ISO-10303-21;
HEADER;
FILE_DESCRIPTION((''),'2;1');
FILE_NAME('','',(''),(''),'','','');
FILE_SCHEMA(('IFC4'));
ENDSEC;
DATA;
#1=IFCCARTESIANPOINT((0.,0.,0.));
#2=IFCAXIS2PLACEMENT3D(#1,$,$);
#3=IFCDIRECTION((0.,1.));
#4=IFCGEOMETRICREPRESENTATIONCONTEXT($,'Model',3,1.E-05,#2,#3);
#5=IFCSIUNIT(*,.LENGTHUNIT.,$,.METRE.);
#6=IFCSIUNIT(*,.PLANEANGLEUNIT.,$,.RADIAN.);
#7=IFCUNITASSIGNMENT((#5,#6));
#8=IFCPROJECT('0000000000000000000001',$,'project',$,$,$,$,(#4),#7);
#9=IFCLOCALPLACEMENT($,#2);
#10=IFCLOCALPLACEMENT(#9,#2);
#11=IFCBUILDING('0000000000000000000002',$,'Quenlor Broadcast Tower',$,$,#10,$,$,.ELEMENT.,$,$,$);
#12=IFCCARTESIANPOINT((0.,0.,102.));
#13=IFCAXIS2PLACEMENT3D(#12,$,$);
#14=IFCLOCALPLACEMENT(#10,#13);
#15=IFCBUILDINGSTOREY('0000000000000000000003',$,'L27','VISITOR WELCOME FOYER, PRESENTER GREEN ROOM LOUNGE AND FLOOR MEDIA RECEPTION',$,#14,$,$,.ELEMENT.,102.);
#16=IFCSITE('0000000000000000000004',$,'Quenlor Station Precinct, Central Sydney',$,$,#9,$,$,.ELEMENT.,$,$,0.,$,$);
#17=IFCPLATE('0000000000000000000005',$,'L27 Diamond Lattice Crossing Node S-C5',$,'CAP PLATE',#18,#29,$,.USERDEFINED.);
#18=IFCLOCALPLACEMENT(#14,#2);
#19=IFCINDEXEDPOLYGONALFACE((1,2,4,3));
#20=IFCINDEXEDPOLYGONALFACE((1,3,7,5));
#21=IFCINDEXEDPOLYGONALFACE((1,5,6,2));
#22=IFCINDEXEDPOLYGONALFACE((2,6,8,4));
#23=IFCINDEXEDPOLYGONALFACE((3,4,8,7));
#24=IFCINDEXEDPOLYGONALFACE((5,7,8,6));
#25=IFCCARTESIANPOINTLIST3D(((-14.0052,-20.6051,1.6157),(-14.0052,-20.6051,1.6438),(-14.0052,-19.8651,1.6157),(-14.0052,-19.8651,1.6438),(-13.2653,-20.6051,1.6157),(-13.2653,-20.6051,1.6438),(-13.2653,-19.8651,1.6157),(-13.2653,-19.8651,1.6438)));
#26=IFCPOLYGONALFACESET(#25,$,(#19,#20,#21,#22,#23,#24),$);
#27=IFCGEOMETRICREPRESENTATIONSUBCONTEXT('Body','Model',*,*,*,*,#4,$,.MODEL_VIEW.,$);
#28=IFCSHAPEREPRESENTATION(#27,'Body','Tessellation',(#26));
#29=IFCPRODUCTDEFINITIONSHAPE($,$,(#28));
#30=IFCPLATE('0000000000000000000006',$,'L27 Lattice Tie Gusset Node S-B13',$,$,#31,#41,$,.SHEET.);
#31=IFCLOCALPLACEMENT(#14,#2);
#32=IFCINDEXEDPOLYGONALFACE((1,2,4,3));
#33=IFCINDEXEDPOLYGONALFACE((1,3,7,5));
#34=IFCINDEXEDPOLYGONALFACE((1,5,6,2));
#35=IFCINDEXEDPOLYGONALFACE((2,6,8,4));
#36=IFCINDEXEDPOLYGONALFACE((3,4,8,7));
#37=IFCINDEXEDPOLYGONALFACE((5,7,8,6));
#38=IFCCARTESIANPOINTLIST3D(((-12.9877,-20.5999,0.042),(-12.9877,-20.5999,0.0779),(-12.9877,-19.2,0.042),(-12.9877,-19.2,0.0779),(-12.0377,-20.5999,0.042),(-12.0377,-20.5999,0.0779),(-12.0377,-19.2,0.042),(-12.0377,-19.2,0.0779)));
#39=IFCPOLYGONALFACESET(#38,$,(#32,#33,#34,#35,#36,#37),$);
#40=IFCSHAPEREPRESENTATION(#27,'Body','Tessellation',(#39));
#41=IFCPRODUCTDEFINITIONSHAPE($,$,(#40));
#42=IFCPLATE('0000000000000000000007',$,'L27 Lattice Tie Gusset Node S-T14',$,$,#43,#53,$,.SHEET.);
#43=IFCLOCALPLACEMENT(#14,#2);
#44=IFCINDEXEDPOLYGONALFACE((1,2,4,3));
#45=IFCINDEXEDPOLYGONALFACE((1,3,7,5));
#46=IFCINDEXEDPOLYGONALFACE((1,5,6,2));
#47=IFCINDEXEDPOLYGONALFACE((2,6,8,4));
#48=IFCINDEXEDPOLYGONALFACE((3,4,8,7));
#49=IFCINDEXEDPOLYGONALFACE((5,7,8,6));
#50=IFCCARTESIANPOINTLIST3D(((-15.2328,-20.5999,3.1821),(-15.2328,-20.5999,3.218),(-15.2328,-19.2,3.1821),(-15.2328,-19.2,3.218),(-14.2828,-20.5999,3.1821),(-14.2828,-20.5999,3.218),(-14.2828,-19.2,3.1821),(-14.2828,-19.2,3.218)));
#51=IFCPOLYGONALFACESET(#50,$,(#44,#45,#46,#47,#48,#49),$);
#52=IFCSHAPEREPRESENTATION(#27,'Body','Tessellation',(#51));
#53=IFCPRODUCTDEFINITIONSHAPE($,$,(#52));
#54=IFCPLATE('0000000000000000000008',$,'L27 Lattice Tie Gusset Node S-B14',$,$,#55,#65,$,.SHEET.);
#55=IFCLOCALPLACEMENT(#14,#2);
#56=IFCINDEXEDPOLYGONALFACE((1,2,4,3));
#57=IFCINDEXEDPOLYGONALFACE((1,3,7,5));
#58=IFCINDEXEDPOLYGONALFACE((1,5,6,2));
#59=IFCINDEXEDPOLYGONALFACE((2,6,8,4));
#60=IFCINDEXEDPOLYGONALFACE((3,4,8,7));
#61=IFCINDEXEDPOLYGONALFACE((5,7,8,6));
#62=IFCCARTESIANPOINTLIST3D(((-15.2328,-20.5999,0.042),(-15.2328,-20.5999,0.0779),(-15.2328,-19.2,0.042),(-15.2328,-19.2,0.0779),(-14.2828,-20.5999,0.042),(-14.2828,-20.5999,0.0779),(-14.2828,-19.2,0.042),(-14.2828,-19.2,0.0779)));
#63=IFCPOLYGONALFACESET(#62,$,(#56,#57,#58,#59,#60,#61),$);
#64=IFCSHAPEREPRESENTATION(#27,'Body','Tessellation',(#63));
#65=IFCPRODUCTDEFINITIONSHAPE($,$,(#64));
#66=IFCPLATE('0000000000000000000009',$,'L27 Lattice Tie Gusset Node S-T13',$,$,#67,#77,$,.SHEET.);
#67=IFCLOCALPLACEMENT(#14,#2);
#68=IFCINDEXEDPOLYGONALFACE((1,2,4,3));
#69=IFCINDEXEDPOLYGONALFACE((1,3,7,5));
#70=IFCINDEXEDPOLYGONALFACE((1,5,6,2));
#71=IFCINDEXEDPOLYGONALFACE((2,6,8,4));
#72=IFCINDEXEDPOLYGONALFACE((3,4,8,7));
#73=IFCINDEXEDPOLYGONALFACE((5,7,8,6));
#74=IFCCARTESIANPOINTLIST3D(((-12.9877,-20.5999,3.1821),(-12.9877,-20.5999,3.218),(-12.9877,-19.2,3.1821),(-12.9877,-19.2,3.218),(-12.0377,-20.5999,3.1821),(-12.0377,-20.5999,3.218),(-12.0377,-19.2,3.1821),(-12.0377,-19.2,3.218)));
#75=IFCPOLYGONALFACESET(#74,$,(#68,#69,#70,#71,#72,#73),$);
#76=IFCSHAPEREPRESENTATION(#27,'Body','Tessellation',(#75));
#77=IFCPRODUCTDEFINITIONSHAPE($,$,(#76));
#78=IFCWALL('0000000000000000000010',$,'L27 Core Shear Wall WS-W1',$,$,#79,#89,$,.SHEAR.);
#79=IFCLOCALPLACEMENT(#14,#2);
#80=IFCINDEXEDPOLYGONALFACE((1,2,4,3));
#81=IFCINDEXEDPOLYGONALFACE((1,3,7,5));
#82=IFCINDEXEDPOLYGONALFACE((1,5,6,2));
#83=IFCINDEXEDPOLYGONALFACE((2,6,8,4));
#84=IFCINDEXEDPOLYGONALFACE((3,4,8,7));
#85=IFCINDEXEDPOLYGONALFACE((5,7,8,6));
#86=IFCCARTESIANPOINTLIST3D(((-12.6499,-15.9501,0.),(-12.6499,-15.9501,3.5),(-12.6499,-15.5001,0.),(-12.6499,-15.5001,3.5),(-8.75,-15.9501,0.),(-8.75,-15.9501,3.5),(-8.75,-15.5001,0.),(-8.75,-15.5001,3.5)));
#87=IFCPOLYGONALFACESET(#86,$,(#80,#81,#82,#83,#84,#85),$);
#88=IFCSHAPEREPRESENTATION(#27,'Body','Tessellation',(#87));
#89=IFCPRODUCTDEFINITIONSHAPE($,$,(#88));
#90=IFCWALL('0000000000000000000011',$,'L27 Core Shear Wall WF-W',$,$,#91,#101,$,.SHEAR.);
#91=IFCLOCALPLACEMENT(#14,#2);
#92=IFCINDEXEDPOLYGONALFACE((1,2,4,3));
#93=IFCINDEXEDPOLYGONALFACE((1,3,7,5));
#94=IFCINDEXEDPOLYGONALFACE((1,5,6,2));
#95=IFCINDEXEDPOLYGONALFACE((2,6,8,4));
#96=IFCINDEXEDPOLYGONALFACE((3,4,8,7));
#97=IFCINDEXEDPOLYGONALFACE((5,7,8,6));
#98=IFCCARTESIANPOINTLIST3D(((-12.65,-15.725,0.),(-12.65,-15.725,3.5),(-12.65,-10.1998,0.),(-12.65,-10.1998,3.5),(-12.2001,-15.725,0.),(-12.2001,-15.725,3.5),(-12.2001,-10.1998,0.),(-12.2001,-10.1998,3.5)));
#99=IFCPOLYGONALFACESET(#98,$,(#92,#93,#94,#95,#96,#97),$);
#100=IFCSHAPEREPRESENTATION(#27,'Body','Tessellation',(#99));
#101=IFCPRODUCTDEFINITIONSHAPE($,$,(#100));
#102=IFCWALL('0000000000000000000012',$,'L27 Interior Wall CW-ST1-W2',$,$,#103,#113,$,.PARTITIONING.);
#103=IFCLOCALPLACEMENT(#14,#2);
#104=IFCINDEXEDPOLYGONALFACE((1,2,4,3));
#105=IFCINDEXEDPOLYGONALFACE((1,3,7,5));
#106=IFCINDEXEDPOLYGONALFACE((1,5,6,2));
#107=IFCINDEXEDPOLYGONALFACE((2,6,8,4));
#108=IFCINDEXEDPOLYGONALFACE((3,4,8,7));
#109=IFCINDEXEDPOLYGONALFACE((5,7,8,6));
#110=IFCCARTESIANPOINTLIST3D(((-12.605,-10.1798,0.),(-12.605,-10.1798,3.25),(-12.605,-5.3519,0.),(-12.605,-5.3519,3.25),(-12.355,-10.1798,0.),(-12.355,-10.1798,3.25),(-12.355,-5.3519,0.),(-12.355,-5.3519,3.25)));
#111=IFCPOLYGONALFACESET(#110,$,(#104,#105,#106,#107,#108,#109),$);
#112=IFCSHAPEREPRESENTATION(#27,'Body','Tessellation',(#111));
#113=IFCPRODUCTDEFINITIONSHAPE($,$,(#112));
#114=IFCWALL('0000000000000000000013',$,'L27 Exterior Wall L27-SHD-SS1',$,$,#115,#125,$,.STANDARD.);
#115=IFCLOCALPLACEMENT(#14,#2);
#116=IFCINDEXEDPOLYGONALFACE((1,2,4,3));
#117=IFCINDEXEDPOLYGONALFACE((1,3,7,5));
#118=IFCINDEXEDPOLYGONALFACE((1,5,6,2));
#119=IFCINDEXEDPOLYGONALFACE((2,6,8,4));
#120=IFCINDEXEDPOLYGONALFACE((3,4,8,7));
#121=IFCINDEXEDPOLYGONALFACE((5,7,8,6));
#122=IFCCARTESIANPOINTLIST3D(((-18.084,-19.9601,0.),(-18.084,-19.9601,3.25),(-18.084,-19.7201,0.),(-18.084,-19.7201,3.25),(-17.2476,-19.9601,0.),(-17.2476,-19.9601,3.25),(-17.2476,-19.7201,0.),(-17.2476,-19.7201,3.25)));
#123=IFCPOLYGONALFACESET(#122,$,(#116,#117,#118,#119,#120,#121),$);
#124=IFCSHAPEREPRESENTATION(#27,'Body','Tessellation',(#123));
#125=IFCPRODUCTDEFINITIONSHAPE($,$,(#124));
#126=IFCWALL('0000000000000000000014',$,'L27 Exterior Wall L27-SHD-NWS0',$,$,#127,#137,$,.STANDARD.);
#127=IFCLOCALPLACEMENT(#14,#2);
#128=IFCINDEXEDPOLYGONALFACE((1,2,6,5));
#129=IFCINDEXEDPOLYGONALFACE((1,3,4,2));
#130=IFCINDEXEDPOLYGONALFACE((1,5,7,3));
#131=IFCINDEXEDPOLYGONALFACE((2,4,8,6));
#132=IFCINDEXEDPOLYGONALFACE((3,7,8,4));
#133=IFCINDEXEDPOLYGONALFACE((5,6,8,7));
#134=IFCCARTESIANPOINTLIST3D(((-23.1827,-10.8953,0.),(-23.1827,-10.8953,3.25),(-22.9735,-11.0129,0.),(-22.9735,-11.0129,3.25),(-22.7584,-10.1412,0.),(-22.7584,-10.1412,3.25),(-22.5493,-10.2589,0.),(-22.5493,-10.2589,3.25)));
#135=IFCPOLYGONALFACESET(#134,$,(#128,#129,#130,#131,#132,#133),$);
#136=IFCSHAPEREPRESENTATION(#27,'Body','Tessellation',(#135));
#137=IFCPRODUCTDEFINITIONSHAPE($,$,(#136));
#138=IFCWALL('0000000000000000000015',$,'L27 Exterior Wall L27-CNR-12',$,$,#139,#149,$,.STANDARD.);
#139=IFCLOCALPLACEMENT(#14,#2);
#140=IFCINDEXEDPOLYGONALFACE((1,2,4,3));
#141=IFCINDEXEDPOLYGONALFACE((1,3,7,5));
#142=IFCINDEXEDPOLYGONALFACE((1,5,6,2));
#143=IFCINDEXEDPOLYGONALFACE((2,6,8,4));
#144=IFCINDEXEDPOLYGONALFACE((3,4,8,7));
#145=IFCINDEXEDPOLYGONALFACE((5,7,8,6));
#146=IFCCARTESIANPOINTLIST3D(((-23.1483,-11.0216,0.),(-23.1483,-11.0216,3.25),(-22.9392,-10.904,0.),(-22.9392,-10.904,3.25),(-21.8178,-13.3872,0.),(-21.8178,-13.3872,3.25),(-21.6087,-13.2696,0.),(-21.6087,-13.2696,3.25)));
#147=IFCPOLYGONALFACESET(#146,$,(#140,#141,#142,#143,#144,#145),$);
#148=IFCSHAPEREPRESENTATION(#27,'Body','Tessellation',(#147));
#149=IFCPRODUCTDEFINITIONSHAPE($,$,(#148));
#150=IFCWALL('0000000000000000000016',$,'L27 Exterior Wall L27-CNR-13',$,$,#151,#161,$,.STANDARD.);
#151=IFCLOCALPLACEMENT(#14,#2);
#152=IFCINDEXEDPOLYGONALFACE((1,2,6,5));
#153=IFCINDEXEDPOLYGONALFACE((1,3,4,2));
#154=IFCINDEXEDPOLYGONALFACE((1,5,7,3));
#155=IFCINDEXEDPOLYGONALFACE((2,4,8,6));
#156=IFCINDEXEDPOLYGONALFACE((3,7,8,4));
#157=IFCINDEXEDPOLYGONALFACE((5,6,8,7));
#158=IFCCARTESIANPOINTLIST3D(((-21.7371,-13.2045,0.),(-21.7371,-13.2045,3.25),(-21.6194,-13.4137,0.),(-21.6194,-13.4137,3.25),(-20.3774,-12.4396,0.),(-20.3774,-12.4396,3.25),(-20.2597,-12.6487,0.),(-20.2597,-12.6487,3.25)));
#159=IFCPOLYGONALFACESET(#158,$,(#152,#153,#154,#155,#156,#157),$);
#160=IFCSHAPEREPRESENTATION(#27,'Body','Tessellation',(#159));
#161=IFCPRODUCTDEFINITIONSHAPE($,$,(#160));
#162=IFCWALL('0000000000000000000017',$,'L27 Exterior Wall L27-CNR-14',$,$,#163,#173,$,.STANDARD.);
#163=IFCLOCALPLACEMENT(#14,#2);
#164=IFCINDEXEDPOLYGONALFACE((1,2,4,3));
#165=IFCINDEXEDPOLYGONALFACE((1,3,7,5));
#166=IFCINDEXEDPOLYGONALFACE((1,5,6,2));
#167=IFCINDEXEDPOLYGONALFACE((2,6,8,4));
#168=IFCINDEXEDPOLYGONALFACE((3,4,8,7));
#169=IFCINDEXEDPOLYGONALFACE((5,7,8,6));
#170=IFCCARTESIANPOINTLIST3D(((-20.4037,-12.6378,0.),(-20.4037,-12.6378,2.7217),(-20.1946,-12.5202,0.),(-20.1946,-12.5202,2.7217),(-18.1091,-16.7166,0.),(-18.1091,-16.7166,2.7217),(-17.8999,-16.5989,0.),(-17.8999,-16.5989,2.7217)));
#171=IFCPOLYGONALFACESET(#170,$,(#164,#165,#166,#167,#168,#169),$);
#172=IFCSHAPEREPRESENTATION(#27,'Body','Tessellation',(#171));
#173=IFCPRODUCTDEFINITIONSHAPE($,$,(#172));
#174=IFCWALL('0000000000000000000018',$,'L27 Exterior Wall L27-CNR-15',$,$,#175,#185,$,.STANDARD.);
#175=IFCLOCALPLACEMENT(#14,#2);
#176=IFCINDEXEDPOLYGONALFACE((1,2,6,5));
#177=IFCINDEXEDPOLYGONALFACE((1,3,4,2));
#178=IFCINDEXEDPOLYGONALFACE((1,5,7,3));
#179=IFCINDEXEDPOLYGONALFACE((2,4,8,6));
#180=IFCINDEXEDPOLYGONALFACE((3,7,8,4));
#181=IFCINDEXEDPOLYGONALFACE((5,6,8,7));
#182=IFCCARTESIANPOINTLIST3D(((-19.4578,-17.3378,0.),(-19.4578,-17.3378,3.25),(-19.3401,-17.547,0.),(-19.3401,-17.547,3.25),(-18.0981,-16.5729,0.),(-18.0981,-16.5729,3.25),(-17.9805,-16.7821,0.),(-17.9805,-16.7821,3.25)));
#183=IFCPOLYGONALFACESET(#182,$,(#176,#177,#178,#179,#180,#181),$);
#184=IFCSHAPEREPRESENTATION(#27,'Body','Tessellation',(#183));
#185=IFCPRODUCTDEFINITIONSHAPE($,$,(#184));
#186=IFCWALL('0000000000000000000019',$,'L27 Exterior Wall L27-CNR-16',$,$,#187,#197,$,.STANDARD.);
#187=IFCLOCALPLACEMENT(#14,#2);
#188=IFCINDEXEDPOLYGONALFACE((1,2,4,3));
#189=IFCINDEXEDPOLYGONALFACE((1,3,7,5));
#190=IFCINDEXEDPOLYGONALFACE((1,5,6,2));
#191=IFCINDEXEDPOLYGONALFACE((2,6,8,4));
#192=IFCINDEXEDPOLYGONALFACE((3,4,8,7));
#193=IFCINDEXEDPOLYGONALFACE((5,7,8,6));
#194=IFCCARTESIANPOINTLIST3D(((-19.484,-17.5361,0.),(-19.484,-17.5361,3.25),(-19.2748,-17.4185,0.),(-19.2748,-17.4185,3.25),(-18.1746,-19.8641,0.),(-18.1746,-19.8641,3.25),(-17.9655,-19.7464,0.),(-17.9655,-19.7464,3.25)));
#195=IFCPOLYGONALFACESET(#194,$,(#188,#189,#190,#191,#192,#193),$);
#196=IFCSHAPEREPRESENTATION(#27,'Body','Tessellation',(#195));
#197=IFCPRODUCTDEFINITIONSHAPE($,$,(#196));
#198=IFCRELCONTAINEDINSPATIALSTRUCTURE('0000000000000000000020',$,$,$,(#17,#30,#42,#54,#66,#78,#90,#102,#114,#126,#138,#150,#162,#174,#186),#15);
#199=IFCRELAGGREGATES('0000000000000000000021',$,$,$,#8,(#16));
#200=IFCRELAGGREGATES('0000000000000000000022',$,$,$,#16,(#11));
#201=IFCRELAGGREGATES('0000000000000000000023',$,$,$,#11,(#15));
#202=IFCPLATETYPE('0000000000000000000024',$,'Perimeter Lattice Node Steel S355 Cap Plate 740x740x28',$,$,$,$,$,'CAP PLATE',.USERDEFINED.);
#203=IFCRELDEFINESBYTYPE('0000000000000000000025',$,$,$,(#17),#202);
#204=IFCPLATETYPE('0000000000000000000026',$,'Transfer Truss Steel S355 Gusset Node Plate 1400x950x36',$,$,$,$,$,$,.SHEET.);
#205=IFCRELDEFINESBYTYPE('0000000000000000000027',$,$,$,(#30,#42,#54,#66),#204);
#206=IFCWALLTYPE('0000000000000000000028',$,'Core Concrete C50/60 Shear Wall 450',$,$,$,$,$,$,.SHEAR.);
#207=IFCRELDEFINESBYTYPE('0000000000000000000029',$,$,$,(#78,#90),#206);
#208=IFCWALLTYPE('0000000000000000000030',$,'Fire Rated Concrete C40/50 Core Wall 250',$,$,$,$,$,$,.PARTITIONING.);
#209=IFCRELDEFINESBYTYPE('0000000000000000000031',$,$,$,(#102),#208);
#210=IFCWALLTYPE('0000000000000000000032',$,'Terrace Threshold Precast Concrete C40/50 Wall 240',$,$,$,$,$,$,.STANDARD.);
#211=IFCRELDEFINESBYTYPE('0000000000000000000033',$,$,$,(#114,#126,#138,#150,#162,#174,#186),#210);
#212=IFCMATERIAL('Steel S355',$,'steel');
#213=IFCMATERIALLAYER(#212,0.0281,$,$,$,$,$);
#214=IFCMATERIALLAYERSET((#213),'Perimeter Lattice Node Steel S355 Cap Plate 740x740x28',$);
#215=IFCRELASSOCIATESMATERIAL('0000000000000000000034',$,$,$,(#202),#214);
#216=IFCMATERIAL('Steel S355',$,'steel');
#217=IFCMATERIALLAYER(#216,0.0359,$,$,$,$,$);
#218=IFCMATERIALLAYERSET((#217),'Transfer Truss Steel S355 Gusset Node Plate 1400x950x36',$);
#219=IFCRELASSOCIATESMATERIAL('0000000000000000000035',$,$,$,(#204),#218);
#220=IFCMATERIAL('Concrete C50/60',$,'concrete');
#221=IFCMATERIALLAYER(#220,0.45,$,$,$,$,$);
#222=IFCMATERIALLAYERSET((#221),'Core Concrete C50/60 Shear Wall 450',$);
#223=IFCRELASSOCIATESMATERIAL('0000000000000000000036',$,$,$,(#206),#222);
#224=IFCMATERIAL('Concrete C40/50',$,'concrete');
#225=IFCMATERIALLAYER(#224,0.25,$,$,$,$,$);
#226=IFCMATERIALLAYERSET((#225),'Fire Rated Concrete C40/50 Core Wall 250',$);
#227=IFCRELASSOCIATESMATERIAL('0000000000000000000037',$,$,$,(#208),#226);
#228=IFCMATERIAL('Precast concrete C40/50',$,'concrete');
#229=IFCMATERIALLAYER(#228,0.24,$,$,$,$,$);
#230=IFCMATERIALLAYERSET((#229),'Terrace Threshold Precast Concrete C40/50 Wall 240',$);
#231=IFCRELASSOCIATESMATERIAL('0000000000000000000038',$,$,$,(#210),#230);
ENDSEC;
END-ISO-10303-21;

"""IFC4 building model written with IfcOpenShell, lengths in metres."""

from ifc_helpers import new_model, si_unit, direction, frame, frame_2d, origin, origin_2d, place, context, subcontext, project, spatial, rectangle, extrude, material, layer, layer_set, type_object, element, save


model = new_model("IFC4")

# Units and contexts
model_context = context("Model", 3, precision=1e-05, world=origin(), true_north=direction((0.0, 1.0)))
body_context = subcontext(model_context, "Body", "Model", "MODEL_VIEW")
ifc_project = project(units=[si_unit("LENGTHUNIT", "METRE"), si_unit("PLANEANGLEUNIT", "RADIAN")], contexts=[model_context])

# Site, building, storey
site_placement = place(None, origin())
site = spatial("IfcSite", under=ifc_project, at=site_placement, Name="Quenlor Station Precinct, Central Sydney", CompositionType="ELEMENT", RefElevation=0.0)
building_placement = place(site_placement, origin())
building = spatial("IfcBuilding", under=site, at=building_placement, Name="Quenlor Broadcast Tower", CompositionType="ELEMENT")
storey_placement = place(building_placement, frame((0.0, 0.0, 102.0)))
storey = spatial("IfcBuildingStorey", under=building, at=storey_placement, Name="L27", Description="VISITOR WELCOME FOYER, PRESENTER GREEN ROOM LOUNGE AND FLOOR MEDIA RECEPTION", CompositionType="ELEMENT", Elevation=102.0)

# Plates
ifc_material_1 = material(Name="Steel S355", Category="steel")
ifc_layer_1 = layer(ifc_material_1, 0.0281)
ifc_layer_set_1 = layer_set([ifc_layer_1], Name="Perimeter Lattice Node Steel S355 Cap Plate 740x740x28")
plate_type_1 = type_object("IfcPlateType", Name="Perimeter Lattice Node Steel S355 Cap Plate 740x740x28", ElementType="CAP PLATE", PredefinedType="USERDEFINED", material=ifc_layer_set_1)
plate_placement = place(storey_placement, frame((-13.6353, -20.2351, 1.6157), z_axis=(0.0, 0.0, 1.0), x_axis=(-1.0, 0.0, 0.0)))
element("IfcPlate", 1, at=plate_placement, inside=storey, type_object=plate_type_1, Name="L27 Diamond Lattice Crossing Node S-C5", ObjectType="CAP PLATE", PredefinedType="USERDEFINED", context=body_context, shape_type="SweptSolid", body=[
    extrude(rectangle(XDim=0.74, YDim=0.74, at=origin_2d()), origin(), (0.0, 0.0, 1.0), 0.0281),
])
ifc_material_2 = material(Name="Steel S355", Category="steel")
ifc_layer_2 = layer(ifc_material_2, 0.0359)
ifc_layer_set_2 = layer_set([ifc_layer_2], Name="Transfer Truss Steel S355 Gusset Node Plate 1400x950x36")
plate_type_2 = type_object("IfcPlateType", Name="Transfer Truss Steel S355 Gusset Node Plate 1400x950x36", PredefinedType="SHEET", material=ifc_layer_set_2)
for number, where, z_axis, x_axis, name in (
    (2, (-12.5127, -19.8999, 0.042), (0.0, 0.0, 1.0), (0.0, -1.0, 0.0), "L27 Lattice Tie Gusset Node S-B13"),
    (3, (-14.7578, -19.8999, 3.1821), (0.0, 0.0, 1.0), (0.0, -1.0, 0.0), "L27 Lattice Tie Gusset Node S-T14"),
    (4, (-14.7578, -19.8999, 0.042), (0.0, 0.0, 1.0), (0.0, -1.0, 0.0), "L27 Lattice Tie Gusset Node S-B14"),
    (5, (-12.5127, -19.8999, 3.1821), (0.0, 0.0, 1.0), (0.0, -1.0, 0.0), "L27 Lattice Tie Gusset Node S-T13"),
):
    element("IfcPlate", number, at=place(storey_placement, frame(where, z_axis=z_axis, x_axis=x_axis)), inside=storey, type_object=plate_type_2, Name=name, PredefinedType="SHEET", context=body_context, shape_type="SweptSolid", body=[
        extrude(rectangle(XDim=1.3999, YDim=0.95, at=origin_2d()), origin(), (0.0, 0.0, 1.0), 0.0359),
    ])

# Walls
ifc_material_3 = material(Name="Concrete C50/60", Category="concrete")
ifc_layer_3 = layer(ifc_material_3, 0.45)
ifc_layer_set_3 = layer_set([ifc_layer_3], Name="Core Concrete C50/60 Shear Wall 450")
wall_type_1 = type_object("IfcWallType", Name="Core Concrete C50/60 Shear Wall 450", PredefinedType="SHEAR", material=ifc_layer_set_3)
wall_1_placement = place(storey_placement, frame((-12.6499, -15.7251, 0.0), z_axis=(0.0, 0.0, 1.0), x_axis=(1.0, 0.0, 0.0)))
element("IfcWall", 6, at=wall_1_placement, inside=storey, type_object=wall_type_1, Name="L27 Core Shear Wall WS-W1", PredefinedType="SHEAR", context=body_context, shape_type="SweptSolid", body=[
    extrude(rectangle(XDim=3.8999, YDim=0.45, at=frame_2d((1.95, 0.0))), origin(), (0.0, 0.0, 1.0), 3.5),
])
wall_2_placement = place(storey_placement, frame((-12.425, -15.7251, 0.0), z_axis=(0.0, 0.0, 1.0), x_axis=(0.0, 1.0, 0.0)))
element("IfcWall", 7, at=wall_2_placement, inside=storey, type_object=wall_type_1, Name="L27 Core Shear Wall WF-W", PredefinedType="SHEAR", context=body_context, shape_type="SweptSolid", body=[
    extrude(rectangle(XDim=5.5251, YDim=0.45, at=frame_2d((2.7627, 0.0))), origin(), (0.0, 0.0, 1.0), 3.5),
])
ifc_material_4 = material(Name="Concrete C40/50", Category="concrete")
ifc_layer_4 = layer(ifc_material_4, 0.25)
ifc_layer_set_4 = layer_set([ifc_layer_4], Name="Fire Rated Concrete C40/50 Core Wall 250")
wall_type_2 = type_object("IfcWallType", Name="Fire Rated Concrete C40/50 Core Wall 250", PredefinedType="PARTITIONING", material=ifc_layer_set_4)
wall_3_placement = place(storey_placement, frame((-12.48, -10.1799, 0.0), z_axis=(0.0, 0.0, 1.0), x_axis=(0.0, 1.0, 0.0)))
element("IfcWall", 8, at=wall_3_placement, inside=storey, type_object=wall_type_2, Name="L27 Interior Wall CW-ST1-W2", PredefinedType="PARTITIONING", context=body_context, shape_type="SweptSolid", body=[
    extrude(rectangle(XDim=4.8279, YDim=0.25, at=frame_2d((2.4141, 0.0))), origin(), (0.0, 0.0, 1.0), 3.25),
])
ifc_material_5 = material(Name="Precast concrete C40/50", Category="concrete")
ifc_layer_5 = layer(ifc_material_5, 0.24)
ifc_layer_set_5 = layer_set([ifc_layer_5], Name="Terrace Threshold Precast Concrete C40/50 Wall 240")
wall_type_3 = type_object("IfcWallType", Name="Terrace Threshold Precast Concrete C40/50 Wall 240", PredefinedType="STANDARD", material=ifc_layer_set_5)
wall_4_placement = place(storey_placement, frame((-17.2476, -19.8401, 0.0), z_axis=(0.0, 0.0, 1.0), x_axis=(-1.0, 0.0, 0.0)))
element("IfcWall", 9, at=wall_4_placement, inside=storey, type_object=wall_type_3, Name="L27 Exterior Wall L27-SHD-SS1", PredefinedType="STANDARD", context=body_context, shape_type="SweptSolid", body=[
    extrude(rectangle(XDim=0.8364, YDim=0.24, at=frame_2d((0.4182, 0.0))), origin(), (0.0, 0.0, 1.0), 3.25),
])
wall_5_placement = place(storey_placement, frame((-23.0781, -10.9541, 0.0), z_axis=(0.0, 0.0, 1.0), x_axis=(0.490355, 0.871523, 0.0)))
element("IfcWall", 10, at=wall_5_placement, inside=storey, type_object=wall_type_3, Name="L27 Exterior Wall L27-SHD-NWS0", PredefinedType="STANDARD", context=body_context, shape_type="SweptSolid", body=[
    extrude(rectangle(XDim=0.8652, YDim=0.24, at=frame_2d((0.4326, 0.0))), origin(), (0.0, 0.0, 1.0), 3.25),
])
wall_6_placement = place(storey_placement, frame((-23.0437, -10.9629, 0.0), z_axis=(0.0, 0.0, 1.0), x_axis=(0.490219, -0.8716, 0.0)))
element("IfcWall", 11, at=wall_6_placement, inside=storey, type_object=wall_type_3, Name="L27 Exterior Wall L27-CNR-12", PredefinedType="STANDARD", context=body_context, shape_type="SweptSolid", body=[
    extrude(rectangle(XDim=2.7141, YDim=0.24, at=frame_2d((1.3569, 0.0))), origin(), (0.0, 0.0, 1.0), 3.25),
])
wall_7_placement = place(storey_placement, frame((-21.6782, -13.3091, 0.0), z_axis=(0.0, 0.0, 1.0), x_axis=(0.871546, 0.490313, 0.0)))
element("IfcWall", 12, at=wall_7_placement, inside=storey, type_object=wall_type_3, Name="L27 Exterior Wall L27-CNR-13", PredefinedType="STANDARD", context=body_context, shape_type="SweptSolid", body=[
    extrude(rectangle(XDim=1.5601, YDim=0.24, at=frame_2d((0.78, 0.0))), origin(), (0.0, 0.0, 1.0), 3.25),
])
wall_8_placement = place(storey_placement, frame((-20.2991, -12.5791, 0.0), z_axis=(0.0, 0.0, 1.0), x_axis=(0.490313, -0.871546, 0.0)))
element("IfcWall", 13, at=wall_8_placement, inside=storey, type_object=wall_type_3, Name="L27 Exterior Wall L27-CNR-14", PredefinedType="STANDARD", context=body_context, shape_type="SweptSolid", body=[
    extrude(rectangle(XDim=4.6799, YDim=0.24, at=frame_2d((2.3398, 0.0))), origin(), (0.0, 0.0, 1.0), 2.7217),
])
wall_9_placement = place(storey_placement, frame((-18.0393, -16.6775, 0.0), z_axis=(0.0, 0.0, 1.0), x_axis=(-0.871546, -0.490313, 0.0)))
element("IfcWall", 14, at=wall_9_placement, inside=storey, type_object=wall_type_3, Name="L27 Exterior Wall L27-CNR-15", PredefinedType="STANDARD", context=body_context, shape_type="SweptSolid", body=[
    extrude(rectangle(XDim=1.5601, YDim=0.24, at=frame_2d((0.78, 0.0))), origin(), (0.0, 0.0, 1.0), 3.25),
])
wall_10_placement = place(storey_placement, frame((-19.3794, -17.4773, 0.0), z_axis=(0.0, 0.0, 1.0), x_axis=(0.490231, -0.871593, 0.0)))
element("IfcWall", 15, at=wall_10_placement, inside=storey, type_object=wall_type_3, Name="L27 Exterior Wall L27-CNR-16", PredefinedType="STANDARD", context=body_context, shape_type="SweptSolid", body=[
    extrude(rectangle(XDim=2.6709, YDim=0.24, at=frame_2d((1.3354, 0.0))), origin(), (0.0, 0.0, 1.0), 3.25),
])

save(model, "model.ifc")
